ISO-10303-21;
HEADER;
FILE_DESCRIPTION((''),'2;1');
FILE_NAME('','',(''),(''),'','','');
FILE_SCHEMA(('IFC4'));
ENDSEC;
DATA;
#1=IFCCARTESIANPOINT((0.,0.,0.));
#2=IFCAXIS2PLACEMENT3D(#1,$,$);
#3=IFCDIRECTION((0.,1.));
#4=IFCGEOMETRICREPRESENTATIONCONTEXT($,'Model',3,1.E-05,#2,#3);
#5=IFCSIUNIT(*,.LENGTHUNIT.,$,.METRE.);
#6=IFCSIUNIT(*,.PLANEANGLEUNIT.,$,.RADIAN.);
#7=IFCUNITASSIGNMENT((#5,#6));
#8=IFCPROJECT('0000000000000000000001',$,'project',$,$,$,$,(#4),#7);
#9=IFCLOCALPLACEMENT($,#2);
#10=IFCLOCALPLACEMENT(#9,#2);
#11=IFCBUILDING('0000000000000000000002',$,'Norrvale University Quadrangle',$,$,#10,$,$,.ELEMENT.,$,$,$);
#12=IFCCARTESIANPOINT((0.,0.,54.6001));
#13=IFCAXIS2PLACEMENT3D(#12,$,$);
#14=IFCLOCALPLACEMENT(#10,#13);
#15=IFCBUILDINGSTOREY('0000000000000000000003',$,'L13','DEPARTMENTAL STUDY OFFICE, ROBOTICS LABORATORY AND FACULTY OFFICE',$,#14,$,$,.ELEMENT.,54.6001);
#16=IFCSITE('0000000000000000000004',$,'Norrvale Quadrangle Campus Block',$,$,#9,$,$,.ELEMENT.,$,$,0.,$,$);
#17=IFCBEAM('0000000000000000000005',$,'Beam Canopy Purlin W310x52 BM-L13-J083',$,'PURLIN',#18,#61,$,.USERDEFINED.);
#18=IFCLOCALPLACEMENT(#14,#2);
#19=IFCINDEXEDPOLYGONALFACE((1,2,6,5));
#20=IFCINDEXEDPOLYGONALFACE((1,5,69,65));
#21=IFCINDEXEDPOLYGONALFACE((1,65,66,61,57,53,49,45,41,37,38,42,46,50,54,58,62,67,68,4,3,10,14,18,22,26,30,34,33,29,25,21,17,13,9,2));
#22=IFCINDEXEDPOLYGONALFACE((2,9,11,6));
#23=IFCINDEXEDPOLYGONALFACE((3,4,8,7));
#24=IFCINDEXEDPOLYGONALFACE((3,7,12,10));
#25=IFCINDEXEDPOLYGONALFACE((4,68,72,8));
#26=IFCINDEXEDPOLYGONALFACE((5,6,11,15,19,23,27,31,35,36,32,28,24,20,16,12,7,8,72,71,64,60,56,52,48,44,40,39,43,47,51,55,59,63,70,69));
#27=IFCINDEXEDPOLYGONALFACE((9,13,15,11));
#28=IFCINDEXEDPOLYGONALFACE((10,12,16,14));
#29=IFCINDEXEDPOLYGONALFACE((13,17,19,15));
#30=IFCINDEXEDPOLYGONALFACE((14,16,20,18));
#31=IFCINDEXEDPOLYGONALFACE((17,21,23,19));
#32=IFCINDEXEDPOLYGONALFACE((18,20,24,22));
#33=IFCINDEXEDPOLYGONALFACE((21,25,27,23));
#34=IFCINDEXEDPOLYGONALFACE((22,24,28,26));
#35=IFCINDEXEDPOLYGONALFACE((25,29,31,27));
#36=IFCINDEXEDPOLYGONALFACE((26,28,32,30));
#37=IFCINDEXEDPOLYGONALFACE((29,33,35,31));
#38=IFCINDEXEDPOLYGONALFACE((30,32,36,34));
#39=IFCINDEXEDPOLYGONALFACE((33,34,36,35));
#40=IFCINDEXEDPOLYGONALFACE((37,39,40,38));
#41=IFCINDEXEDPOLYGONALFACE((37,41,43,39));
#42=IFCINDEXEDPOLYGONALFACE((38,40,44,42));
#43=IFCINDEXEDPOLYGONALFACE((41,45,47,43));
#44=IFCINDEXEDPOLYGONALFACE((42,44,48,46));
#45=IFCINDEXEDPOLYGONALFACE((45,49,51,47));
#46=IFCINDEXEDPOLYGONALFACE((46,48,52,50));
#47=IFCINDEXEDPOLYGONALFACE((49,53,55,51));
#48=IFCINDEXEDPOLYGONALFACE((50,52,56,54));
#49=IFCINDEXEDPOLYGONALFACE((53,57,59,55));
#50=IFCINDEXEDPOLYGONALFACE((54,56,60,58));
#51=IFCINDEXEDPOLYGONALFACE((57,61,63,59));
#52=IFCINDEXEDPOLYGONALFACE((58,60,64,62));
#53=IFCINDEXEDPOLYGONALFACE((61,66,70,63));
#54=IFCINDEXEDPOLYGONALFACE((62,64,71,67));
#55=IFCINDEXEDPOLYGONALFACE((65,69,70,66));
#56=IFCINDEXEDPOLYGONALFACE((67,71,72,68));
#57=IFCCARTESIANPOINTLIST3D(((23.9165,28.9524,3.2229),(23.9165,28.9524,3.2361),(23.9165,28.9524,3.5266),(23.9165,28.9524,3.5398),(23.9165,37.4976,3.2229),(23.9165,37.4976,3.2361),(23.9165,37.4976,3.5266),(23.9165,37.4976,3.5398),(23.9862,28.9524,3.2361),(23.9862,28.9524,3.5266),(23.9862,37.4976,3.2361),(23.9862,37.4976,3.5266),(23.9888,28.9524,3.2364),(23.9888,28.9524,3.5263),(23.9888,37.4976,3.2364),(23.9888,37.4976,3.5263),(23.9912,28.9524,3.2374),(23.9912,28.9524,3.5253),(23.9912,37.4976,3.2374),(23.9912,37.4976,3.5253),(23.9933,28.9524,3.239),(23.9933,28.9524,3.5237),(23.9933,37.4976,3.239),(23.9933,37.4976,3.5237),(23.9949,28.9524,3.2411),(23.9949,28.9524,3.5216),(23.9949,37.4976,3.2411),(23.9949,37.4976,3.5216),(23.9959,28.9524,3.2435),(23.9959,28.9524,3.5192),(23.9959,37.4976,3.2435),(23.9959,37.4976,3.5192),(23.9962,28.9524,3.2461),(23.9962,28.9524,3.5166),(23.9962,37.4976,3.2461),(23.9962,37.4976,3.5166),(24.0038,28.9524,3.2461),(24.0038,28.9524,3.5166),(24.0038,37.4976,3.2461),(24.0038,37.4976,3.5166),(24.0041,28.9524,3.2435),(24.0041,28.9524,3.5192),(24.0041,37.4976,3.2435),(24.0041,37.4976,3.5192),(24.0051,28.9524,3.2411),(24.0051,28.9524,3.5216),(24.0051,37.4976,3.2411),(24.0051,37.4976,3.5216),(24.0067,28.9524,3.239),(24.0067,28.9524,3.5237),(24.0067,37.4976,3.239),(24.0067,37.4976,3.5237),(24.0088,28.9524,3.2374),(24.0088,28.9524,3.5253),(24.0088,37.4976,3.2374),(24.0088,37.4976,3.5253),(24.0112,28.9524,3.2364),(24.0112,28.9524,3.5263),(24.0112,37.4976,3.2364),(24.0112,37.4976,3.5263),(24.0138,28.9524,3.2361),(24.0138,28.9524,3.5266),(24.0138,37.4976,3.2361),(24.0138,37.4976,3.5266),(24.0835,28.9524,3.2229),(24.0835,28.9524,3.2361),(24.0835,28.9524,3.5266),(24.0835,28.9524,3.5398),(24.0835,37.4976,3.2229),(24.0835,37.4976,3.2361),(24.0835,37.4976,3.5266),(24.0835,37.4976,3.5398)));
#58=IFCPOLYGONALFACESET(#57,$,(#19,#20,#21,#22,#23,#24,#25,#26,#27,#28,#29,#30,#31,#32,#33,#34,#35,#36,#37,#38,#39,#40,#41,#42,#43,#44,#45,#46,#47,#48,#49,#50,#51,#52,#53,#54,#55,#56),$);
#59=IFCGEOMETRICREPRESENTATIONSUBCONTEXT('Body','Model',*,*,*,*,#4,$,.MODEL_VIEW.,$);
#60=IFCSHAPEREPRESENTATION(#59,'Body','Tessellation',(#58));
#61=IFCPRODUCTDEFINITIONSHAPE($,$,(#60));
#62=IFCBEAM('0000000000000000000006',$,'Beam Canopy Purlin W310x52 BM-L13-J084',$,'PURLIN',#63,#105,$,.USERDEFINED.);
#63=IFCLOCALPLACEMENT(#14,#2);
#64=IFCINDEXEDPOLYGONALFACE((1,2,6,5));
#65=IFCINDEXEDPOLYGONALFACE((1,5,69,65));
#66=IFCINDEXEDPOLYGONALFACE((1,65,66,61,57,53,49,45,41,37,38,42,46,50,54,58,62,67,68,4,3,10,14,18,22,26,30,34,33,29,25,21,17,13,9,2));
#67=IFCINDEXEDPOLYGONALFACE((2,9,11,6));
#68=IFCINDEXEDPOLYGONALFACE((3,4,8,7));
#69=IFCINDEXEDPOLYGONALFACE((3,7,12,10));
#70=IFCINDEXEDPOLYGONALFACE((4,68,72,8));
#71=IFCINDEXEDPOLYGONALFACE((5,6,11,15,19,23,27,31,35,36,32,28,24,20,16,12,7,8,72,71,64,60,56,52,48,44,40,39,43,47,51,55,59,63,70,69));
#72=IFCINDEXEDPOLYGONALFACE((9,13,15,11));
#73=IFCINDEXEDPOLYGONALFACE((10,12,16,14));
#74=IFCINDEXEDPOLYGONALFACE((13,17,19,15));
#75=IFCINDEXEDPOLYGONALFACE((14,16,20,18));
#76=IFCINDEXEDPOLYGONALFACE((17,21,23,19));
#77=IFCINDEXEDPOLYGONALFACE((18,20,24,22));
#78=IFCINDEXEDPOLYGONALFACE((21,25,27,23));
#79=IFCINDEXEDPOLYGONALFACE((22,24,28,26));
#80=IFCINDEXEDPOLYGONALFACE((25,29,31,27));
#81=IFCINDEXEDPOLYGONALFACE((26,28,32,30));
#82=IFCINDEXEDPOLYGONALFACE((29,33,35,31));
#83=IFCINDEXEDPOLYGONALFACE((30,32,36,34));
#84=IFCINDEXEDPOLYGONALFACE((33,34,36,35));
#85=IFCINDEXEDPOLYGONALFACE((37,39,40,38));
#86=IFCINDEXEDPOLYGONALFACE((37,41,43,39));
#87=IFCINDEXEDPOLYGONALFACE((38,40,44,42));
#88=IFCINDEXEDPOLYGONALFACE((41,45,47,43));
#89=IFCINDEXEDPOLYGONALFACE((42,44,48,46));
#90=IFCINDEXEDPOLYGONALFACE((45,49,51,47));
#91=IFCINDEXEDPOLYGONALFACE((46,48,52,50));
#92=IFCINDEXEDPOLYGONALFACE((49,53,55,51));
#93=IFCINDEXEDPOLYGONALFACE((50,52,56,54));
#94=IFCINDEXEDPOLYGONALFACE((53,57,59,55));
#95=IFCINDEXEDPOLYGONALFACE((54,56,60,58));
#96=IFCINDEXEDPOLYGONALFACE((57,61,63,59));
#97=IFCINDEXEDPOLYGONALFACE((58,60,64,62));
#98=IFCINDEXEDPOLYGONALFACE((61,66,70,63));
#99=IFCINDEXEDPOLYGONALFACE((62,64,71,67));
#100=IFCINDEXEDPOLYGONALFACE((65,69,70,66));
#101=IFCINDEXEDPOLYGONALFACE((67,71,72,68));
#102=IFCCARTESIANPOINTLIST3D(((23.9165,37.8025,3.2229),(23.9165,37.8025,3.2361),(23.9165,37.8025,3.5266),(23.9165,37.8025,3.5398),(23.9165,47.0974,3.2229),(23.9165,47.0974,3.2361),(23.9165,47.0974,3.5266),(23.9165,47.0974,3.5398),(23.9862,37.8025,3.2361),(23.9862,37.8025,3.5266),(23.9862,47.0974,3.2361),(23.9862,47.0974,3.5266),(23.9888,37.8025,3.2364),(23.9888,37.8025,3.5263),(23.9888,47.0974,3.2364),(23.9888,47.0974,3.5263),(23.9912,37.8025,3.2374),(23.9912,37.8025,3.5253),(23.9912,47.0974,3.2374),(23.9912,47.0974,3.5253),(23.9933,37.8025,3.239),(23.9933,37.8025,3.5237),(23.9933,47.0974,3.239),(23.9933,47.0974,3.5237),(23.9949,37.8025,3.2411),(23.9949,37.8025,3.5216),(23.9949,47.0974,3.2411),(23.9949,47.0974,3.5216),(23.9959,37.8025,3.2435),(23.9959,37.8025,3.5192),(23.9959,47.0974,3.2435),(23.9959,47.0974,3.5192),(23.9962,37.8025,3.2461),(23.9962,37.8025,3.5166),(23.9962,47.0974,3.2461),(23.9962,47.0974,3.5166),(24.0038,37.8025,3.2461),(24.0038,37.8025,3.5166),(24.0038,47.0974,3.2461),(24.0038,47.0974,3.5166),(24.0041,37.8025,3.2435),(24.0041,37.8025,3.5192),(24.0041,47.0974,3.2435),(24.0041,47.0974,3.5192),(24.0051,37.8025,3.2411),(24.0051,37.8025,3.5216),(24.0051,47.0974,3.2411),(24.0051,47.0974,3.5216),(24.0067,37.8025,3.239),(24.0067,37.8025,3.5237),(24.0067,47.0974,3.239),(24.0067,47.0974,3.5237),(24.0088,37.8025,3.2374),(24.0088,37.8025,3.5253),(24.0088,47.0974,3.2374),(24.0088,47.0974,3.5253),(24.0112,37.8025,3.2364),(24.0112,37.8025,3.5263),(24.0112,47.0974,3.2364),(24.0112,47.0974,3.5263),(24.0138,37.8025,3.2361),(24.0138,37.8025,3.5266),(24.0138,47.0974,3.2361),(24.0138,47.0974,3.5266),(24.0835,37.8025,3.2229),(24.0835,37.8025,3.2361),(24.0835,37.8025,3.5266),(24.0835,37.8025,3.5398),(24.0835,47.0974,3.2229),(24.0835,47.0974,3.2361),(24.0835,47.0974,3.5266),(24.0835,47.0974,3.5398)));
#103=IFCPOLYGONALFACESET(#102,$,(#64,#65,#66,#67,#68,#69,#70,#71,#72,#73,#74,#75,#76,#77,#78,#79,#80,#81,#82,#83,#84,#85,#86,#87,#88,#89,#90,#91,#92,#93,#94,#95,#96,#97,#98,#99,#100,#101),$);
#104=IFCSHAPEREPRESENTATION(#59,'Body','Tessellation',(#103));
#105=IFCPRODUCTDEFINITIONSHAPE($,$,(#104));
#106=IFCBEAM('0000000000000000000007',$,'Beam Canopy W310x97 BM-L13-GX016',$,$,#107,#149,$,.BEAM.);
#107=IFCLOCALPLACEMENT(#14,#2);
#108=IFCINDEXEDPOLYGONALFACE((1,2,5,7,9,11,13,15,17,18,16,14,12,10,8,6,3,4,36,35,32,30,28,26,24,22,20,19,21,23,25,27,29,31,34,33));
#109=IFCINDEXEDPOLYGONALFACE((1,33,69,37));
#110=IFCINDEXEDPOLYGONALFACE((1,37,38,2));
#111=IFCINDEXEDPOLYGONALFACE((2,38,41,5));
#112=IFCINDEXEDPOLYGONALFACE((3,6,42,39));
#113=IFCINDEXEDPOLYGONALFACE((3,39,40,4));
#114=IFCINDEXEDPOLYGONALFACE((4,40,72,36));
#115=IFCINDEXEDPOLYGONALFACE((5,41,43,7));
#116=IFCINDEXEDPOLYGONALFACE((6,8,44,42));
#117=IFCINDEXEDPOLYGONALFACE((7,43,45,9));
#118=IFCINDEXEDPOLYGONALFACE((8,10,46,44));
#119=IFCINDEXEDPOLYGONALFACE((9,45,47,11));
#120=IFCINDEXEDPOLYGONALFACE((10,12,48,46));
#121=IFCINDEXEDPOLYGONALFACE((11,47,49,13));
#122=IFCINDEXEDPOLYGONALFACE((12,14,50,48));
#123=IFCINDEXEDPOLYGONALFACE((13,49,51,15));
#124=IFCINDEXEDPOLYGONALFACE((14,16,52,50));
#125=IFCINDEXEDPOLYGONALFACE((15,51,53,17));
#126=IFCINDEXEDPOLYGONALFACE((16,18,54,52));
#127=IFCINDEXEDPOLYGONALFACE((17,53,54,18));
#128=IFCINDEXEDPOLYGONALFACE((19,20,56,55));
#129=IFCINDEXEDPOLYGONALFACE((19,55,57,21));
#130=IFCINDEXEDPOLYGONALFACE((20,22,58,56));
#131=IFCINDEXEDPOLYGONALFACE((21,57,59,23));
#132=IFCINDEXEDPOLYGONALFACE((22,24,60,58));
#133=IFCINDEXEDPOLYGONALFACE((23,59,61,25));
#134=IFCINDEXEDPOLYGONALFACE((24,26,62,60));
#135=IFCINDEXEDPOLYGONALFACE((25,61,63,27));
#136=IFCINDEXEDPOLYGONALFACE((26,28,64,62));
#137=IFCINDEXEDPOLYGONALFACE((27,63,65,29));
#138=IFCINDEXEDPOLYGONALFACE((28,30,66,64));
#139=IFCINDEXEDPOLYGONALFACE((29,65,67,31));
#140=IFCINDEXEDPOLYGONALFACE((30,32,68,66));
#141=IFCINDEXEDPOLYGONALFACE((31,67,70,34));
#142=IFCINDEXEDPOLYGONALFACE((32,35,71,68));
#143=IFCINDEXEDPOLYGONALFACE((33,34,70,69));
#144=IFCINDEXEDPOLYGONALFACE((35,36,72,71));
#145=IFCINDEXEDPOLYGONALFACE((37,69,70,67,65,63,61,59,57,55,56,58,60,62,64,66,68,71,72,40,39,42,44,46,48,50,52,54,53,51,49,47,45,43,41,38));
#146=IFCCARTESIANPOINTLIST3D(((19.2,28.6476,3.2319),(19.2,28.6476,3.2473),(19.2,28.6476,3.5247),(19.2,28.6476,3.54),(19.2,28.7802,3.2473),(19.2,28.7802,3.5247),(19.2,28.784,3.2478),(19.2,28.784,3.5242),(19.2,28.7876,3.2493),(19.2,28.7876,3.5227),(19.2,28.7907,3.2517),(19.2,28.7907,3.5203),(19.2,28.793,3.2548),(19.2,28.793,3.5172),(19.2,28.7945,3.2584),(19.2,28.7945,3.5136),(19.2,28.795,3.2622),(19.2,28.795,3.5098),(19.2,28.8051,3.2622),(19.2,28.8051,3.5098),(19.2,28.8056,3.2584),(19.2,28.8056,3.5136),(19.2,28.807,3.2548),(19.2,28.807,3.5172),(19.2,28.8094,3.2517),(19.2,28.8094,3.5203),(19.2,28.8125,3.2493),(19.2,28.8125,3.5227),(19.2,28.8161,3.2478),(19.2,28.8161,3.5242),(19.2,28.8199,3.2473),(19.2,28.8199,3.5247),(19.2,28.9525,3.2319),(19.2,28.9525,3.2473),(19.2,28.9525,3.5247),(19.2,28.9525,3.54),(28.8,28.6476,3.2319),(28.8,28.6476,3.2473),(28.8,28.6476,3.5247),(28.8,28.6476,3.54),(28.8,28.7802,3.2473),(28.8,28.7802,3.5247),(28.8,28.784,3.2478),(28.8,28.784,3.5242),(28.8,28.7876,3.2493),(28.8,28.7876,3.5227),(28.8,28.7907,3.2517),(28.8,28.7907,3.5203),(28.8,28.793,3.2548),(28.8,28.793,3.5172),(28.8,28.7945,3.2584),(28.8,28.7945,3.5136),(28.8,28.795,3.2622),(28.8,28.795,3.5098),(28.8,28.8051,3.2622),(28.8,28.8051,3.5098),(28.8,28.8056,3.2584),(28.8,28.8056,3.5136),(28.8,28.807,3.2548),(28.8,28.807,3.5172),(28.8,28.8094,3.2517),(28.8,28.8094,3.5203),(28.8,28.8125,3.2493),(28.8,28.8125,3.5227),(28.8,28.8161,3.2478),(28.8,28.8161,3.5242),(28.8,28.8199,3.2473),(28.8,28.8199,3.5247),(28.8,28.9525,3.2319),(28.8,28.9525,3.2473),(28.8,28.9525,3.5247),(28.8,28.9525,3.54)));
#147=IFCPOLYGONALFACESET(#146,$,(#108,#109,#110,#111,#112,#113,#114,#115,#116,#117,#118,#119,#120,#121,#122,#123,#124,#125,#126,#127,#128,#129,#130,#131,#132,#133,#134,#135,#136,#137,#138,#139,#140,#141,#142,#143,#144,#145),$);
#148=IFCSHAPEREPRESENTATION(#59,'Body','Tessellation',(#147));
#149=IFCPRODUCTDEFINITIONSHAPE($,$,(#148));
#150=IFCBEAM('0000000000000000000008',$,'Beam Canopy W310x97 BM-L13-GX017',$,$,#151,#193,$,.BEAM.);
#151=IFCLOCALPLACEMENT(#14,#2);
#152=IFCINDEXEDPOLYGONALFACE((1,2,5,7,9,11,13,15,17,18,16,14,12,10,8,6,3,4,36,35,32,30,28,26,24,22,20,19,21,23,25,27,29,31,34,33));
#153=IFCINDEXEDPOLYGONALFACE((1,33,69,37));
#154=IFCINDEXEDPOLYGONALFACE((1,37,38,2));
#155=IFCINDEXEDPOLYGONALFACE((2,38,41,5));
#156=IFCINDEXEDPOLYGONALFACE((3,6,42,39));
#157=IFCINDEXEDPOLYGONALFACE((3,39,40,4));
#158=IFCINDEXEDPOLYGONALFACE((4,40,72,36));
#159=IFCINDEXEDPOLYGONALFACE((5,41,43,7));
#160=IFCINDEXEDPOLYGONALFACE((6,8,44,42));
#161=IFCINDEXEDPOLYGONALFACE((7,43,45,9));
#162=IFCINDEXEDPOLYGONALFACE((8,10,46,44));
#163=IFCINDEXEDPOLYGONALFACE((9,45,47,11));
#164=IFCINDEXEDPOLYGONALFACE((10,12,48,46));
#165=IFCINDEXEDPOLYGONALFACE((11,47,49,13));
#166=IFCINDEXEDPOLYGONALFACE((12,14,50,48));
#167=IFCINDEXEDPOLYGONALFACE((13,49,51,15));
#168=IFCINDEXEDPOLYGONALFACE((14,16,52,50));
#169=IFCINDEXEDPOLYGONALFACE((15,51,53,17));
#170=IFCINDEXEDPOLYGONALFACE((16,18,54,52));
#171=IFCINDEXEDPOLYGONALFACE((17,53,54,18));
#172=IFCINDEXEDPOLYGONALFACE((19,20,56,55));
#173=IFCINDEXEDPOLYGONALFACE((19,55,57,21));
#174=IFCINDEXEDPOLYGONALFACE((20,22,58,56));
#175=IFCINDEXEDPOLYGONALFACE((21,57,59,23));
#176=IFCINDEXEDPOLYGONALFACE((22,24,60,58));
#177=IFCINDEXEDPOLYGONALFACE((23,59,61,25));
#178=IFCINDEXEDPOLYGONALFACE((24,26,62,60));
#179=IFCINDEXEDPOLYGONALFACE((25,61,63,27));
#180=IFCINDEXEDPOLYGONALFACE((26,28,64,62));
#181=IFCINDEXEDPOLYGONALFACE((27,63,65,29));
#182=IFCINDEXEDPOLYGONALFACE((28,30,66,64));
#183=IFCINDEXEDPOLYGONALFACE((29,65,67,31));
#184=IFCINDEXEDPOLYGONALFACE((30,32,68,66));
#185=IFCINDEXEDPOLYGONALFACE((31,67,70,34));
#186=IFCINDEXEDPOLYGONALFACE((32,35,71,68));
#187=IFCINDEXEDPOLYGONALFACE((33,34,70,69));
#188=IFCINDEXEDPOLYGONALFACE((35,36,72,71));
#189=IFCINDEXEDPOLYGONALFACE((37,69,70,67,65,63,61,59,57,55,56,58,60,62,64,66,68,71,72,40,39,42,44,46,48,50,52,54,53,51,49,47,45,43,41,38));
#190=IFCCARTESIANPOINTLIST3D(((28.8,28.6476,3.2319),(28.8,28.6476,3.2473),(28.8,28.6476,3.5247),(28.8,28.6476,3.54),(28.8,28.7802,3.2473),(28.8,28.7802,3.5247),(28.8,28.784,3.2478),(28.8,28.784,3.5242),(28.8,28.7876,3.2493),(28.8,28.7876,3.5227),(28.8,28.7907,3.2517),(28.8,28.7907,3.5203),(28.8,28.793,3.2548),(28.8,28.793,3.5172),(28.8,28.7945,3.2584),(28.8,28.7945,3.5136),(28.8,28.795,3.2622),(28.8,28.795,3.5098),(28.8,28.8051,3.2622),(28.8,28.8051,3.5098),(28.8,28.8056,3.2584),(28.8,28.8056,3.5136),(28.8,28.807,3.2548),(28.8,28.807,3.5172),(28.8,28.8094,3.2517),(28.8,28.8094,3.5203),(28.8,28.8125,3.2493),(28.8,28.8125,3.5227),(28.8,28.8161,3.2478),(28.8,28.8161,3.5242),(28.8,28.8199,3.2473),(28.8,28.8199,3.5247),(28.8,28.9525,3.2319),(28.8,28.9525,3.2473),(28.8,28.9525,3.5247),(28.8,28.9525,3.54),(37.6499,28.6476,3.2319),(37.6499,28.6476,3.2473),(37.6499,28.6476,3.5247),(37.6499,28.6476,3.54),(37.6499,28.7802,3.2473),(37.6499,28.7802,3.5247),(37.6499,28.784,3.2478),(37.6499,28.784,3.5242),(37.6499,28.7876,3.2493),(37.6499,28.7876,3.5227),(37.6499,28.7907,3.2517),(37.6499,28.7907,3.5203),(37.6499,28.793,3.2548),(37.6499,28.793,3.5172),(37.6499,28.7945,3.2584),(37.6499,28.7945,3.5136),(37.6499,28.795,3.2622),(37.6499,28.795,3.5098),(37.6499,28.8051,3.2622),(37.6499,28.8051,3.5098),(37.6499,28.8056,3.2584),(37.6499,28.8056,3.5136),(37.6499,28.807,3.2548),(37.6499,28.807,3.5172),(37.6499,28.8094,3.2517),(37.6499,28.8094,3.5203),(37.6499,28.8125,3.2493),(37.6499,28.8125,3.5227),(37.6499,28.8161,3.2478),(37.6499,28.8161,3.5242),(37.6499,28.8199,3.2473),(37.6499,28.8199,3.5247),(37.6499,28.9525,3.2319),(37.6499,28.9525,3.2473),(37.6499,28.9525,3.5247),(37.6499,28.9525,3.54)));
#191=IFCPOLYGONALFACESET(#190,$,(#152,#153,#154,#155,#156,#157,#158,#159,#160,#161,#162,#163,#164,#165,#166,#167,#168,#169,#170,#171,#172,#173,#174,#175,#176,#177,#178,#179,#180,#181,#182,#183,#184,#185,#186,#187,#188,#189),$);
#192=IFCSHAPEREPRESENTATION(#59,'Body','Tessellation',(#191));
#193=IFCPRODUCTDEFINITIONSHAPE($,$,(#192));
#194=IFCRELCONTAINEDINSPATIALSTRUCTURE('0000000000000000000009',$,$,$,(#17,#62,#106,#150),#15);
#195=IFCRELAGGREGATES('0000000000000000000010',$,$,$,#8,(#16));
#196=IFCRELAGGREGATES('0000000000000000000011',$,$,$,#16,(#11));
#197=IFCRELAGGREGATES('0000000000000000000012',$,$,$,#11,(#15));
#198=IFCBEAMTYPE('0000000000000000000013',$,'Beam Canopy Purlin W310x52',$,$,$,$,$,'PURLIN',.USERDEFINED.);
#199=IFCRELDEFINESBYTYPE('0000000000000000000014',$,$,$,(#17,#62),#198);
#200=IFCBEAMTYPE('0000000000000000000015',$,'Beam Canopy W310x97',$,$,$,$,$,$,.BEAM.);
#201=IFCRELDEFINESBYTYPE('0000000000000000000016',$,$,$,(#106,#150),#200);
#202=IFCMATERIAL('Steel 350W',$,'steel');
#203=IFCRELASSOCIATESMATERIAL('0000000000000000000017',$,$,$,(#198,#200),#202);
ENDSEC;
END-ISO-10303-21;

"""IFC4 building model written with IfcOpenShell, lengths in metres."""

from ifc_helpers import new_model, si_unit, direction, frame, origin, origin_2d, place, context, subcontext, project, spatial, i_section, extrude, material, material_profile, profile_set, type_object, element, save


model = new_model("IFC4")

# Units and contexts
model_context = context("Model", 3, precision=1e-05, world=origin(), true_north=direction((0.0, 1.0)))
body_context = subcontext(model_context, "Body", "Model", "MODEL_VIEW")
ifc_project = project(units=[si_unit("LENGTHUNIT", "METRE"), si_unit("PLANEANGLEUNIT", "RADIAN")], contexts=[model_context])

# Site, building, storey
site_placement = place(None, origin())
site = spatial("IfcSite", under=ifc_project, at=site_placement, Name="Norrvale Quadrangle Campus Block", CompositionType="ELEMENT", RefElevation=0.0)
building_placement = place(site_placement, origin())
building = spatial("IfcBuilding", under=site, at=building_placement, Name="Norrvale University Quadrangle", CompositionType="ELEMENT")
storey_placement = place(building_placement, frame((0.0, 0.0, 54.6001)))
storey = spatial("IfcBuildingStorey", under=building, at=storey_placement, Name="L13", Description="DEPARTMENTAL STUDY OFFICE, ROBOTICS LABORATORY AND FACULTY OFFICE", CompositionType="ELEMENT", Elevation=54.6001)

# Beams
ifc_material_1 = material(Name="Steel 350W", Category="steel")
ifc_material_profile_1 = material_profile(ifc_material_1, i_section(OverallWidth=0.167, OverallDepth=0.3169, WebThickness=0.0076, FlangeThickness=0.0132, FilletRadius=0.01, at=origin_2d()), Name="Steel 350W")
ifc_profile_set_1 = profile_set([ifc_material_profile_1], Name="Steel 350W")
beam_type_1 = type_object("IfcBeamType", Name="Beam Canopy Purlin W310x52", ElementType="PURLIN", PredefinedType="USERDEFINED", material=ifc_profile_set_1)
beam_1_placement = place(storey_placement, frame((24.0, 28.9524, 3.3813), z_axis=(0.0, 1.0, 0.0), x_axis=(-1.0, 0.0, 0.0)))
element("IfcBeam", 1, at=beam_1_placement, inside=storey, type_object=beam_type_1, Name="Beam Canopy Purlin W310x52 BM-L13-J083", ObjectType="PURLIN", PredefinedType="USERDEFINED", context=body_context, shape_type="SweptSolid", body=[
    extrude(i_section(OverallWidth=0.167, OverallDepth=0.3169, WebThickness=0.0076, FlangeThickness=0.0132, FilletRadius=0.01, at=origin_2d()), origin(), (0.0, 0.0, 1.0), 8.5452),
])
beam_2_placement = place(storey_placement, frame((24.0, 37.8025, 3.3813), z_axis=(0.0, 1.0, 0.0), x_axis=(-1.0, 0.0, 0.0)))
element("IfcBeam", 2, at=beam_2_placement, inside=storey, type_object=beam_type_1, Name="Beam Canopy Purlin W310x52 BM-L13-J084", ObjectType="PURLIN", PredefinedType="USERDEFINED", context=body_context, shape_type="SweptSolid", body=[
    extrude(i_section(OverallWidth=0.167, OverallDepth=0.3169, WebThickness=0.0076, FlangeThickness=0.0132, FilletRadius=0.01, at=origin_2d()), origin(), (0.0, 0.0, 1.0), 9.2949),
])
ifc_material_profile_2 = material_profile(ifc_material_1, i_section(OverallWidth=0.3049, OverallDepth=0.3081, WebThickness=0.01, FlangeThickness=0.0154, FilletRadius=0.0149, at=origin_2d()), Name="Steel 350W")
ifc_profile_set_2 = profile_set([ifc_material_profile_2], Name="Steel 350W")
beam_type_2 = type_object("IfcBeamType", Name="Beam Canopy W310x97", PredefinedType="BEAM", material=ifc_profile_set_2)
beam_3_placement = place(storey_placement, frame((19.2, 28.8, 3.386), z_axis=(1.0, 0.0, 0.0), x_axis=(0.0, 1.0, 0.0)))
element("IfcBeam", 3, at=beam_3_placement, inside=storey, type_object=beam_type_2, Name="Beam Canopy W310x97 BM-L13-GX016", PredefinedType="BEAM", context=body_context, shape_type="SweptSolid", body=[
    extrude(i_section(OverallWidth=0.3049, OverallDepth=0.3081, WebThickness=0.01, FlangeThickness=0.0154, FilletRadius=0.0149, at=origin_2d()), origin(), (0.0, 0.0, 1.0), 9.6001),
])
beam_4_placement = place(storey_placement, frame((28.8, 28.8, 3.386), z_axis=(1.0, 0.0, 0.0), x_axis=(0.0, 1.0, 0.0)))
element("IfcBeam", 4, at=beam_4_placement, inside=storey, type_object=beam_type_2, Name="Beam Canopy W310x97 BM-L13-GX017", PredefinedType="BEAM", context=body_context, shape_type="SweptSolid", body=[
    extrude(i_section(OverallWidth=0.3049, OverallDepth=0.3081, WebThickness=0.01, FlangeThickness=0.0154, FilletRadius=0.0149, at=origin_2d()), origin(), (0.0, 0.0, 1.0), 8.8499),
])

save(model, "model.ifc")
